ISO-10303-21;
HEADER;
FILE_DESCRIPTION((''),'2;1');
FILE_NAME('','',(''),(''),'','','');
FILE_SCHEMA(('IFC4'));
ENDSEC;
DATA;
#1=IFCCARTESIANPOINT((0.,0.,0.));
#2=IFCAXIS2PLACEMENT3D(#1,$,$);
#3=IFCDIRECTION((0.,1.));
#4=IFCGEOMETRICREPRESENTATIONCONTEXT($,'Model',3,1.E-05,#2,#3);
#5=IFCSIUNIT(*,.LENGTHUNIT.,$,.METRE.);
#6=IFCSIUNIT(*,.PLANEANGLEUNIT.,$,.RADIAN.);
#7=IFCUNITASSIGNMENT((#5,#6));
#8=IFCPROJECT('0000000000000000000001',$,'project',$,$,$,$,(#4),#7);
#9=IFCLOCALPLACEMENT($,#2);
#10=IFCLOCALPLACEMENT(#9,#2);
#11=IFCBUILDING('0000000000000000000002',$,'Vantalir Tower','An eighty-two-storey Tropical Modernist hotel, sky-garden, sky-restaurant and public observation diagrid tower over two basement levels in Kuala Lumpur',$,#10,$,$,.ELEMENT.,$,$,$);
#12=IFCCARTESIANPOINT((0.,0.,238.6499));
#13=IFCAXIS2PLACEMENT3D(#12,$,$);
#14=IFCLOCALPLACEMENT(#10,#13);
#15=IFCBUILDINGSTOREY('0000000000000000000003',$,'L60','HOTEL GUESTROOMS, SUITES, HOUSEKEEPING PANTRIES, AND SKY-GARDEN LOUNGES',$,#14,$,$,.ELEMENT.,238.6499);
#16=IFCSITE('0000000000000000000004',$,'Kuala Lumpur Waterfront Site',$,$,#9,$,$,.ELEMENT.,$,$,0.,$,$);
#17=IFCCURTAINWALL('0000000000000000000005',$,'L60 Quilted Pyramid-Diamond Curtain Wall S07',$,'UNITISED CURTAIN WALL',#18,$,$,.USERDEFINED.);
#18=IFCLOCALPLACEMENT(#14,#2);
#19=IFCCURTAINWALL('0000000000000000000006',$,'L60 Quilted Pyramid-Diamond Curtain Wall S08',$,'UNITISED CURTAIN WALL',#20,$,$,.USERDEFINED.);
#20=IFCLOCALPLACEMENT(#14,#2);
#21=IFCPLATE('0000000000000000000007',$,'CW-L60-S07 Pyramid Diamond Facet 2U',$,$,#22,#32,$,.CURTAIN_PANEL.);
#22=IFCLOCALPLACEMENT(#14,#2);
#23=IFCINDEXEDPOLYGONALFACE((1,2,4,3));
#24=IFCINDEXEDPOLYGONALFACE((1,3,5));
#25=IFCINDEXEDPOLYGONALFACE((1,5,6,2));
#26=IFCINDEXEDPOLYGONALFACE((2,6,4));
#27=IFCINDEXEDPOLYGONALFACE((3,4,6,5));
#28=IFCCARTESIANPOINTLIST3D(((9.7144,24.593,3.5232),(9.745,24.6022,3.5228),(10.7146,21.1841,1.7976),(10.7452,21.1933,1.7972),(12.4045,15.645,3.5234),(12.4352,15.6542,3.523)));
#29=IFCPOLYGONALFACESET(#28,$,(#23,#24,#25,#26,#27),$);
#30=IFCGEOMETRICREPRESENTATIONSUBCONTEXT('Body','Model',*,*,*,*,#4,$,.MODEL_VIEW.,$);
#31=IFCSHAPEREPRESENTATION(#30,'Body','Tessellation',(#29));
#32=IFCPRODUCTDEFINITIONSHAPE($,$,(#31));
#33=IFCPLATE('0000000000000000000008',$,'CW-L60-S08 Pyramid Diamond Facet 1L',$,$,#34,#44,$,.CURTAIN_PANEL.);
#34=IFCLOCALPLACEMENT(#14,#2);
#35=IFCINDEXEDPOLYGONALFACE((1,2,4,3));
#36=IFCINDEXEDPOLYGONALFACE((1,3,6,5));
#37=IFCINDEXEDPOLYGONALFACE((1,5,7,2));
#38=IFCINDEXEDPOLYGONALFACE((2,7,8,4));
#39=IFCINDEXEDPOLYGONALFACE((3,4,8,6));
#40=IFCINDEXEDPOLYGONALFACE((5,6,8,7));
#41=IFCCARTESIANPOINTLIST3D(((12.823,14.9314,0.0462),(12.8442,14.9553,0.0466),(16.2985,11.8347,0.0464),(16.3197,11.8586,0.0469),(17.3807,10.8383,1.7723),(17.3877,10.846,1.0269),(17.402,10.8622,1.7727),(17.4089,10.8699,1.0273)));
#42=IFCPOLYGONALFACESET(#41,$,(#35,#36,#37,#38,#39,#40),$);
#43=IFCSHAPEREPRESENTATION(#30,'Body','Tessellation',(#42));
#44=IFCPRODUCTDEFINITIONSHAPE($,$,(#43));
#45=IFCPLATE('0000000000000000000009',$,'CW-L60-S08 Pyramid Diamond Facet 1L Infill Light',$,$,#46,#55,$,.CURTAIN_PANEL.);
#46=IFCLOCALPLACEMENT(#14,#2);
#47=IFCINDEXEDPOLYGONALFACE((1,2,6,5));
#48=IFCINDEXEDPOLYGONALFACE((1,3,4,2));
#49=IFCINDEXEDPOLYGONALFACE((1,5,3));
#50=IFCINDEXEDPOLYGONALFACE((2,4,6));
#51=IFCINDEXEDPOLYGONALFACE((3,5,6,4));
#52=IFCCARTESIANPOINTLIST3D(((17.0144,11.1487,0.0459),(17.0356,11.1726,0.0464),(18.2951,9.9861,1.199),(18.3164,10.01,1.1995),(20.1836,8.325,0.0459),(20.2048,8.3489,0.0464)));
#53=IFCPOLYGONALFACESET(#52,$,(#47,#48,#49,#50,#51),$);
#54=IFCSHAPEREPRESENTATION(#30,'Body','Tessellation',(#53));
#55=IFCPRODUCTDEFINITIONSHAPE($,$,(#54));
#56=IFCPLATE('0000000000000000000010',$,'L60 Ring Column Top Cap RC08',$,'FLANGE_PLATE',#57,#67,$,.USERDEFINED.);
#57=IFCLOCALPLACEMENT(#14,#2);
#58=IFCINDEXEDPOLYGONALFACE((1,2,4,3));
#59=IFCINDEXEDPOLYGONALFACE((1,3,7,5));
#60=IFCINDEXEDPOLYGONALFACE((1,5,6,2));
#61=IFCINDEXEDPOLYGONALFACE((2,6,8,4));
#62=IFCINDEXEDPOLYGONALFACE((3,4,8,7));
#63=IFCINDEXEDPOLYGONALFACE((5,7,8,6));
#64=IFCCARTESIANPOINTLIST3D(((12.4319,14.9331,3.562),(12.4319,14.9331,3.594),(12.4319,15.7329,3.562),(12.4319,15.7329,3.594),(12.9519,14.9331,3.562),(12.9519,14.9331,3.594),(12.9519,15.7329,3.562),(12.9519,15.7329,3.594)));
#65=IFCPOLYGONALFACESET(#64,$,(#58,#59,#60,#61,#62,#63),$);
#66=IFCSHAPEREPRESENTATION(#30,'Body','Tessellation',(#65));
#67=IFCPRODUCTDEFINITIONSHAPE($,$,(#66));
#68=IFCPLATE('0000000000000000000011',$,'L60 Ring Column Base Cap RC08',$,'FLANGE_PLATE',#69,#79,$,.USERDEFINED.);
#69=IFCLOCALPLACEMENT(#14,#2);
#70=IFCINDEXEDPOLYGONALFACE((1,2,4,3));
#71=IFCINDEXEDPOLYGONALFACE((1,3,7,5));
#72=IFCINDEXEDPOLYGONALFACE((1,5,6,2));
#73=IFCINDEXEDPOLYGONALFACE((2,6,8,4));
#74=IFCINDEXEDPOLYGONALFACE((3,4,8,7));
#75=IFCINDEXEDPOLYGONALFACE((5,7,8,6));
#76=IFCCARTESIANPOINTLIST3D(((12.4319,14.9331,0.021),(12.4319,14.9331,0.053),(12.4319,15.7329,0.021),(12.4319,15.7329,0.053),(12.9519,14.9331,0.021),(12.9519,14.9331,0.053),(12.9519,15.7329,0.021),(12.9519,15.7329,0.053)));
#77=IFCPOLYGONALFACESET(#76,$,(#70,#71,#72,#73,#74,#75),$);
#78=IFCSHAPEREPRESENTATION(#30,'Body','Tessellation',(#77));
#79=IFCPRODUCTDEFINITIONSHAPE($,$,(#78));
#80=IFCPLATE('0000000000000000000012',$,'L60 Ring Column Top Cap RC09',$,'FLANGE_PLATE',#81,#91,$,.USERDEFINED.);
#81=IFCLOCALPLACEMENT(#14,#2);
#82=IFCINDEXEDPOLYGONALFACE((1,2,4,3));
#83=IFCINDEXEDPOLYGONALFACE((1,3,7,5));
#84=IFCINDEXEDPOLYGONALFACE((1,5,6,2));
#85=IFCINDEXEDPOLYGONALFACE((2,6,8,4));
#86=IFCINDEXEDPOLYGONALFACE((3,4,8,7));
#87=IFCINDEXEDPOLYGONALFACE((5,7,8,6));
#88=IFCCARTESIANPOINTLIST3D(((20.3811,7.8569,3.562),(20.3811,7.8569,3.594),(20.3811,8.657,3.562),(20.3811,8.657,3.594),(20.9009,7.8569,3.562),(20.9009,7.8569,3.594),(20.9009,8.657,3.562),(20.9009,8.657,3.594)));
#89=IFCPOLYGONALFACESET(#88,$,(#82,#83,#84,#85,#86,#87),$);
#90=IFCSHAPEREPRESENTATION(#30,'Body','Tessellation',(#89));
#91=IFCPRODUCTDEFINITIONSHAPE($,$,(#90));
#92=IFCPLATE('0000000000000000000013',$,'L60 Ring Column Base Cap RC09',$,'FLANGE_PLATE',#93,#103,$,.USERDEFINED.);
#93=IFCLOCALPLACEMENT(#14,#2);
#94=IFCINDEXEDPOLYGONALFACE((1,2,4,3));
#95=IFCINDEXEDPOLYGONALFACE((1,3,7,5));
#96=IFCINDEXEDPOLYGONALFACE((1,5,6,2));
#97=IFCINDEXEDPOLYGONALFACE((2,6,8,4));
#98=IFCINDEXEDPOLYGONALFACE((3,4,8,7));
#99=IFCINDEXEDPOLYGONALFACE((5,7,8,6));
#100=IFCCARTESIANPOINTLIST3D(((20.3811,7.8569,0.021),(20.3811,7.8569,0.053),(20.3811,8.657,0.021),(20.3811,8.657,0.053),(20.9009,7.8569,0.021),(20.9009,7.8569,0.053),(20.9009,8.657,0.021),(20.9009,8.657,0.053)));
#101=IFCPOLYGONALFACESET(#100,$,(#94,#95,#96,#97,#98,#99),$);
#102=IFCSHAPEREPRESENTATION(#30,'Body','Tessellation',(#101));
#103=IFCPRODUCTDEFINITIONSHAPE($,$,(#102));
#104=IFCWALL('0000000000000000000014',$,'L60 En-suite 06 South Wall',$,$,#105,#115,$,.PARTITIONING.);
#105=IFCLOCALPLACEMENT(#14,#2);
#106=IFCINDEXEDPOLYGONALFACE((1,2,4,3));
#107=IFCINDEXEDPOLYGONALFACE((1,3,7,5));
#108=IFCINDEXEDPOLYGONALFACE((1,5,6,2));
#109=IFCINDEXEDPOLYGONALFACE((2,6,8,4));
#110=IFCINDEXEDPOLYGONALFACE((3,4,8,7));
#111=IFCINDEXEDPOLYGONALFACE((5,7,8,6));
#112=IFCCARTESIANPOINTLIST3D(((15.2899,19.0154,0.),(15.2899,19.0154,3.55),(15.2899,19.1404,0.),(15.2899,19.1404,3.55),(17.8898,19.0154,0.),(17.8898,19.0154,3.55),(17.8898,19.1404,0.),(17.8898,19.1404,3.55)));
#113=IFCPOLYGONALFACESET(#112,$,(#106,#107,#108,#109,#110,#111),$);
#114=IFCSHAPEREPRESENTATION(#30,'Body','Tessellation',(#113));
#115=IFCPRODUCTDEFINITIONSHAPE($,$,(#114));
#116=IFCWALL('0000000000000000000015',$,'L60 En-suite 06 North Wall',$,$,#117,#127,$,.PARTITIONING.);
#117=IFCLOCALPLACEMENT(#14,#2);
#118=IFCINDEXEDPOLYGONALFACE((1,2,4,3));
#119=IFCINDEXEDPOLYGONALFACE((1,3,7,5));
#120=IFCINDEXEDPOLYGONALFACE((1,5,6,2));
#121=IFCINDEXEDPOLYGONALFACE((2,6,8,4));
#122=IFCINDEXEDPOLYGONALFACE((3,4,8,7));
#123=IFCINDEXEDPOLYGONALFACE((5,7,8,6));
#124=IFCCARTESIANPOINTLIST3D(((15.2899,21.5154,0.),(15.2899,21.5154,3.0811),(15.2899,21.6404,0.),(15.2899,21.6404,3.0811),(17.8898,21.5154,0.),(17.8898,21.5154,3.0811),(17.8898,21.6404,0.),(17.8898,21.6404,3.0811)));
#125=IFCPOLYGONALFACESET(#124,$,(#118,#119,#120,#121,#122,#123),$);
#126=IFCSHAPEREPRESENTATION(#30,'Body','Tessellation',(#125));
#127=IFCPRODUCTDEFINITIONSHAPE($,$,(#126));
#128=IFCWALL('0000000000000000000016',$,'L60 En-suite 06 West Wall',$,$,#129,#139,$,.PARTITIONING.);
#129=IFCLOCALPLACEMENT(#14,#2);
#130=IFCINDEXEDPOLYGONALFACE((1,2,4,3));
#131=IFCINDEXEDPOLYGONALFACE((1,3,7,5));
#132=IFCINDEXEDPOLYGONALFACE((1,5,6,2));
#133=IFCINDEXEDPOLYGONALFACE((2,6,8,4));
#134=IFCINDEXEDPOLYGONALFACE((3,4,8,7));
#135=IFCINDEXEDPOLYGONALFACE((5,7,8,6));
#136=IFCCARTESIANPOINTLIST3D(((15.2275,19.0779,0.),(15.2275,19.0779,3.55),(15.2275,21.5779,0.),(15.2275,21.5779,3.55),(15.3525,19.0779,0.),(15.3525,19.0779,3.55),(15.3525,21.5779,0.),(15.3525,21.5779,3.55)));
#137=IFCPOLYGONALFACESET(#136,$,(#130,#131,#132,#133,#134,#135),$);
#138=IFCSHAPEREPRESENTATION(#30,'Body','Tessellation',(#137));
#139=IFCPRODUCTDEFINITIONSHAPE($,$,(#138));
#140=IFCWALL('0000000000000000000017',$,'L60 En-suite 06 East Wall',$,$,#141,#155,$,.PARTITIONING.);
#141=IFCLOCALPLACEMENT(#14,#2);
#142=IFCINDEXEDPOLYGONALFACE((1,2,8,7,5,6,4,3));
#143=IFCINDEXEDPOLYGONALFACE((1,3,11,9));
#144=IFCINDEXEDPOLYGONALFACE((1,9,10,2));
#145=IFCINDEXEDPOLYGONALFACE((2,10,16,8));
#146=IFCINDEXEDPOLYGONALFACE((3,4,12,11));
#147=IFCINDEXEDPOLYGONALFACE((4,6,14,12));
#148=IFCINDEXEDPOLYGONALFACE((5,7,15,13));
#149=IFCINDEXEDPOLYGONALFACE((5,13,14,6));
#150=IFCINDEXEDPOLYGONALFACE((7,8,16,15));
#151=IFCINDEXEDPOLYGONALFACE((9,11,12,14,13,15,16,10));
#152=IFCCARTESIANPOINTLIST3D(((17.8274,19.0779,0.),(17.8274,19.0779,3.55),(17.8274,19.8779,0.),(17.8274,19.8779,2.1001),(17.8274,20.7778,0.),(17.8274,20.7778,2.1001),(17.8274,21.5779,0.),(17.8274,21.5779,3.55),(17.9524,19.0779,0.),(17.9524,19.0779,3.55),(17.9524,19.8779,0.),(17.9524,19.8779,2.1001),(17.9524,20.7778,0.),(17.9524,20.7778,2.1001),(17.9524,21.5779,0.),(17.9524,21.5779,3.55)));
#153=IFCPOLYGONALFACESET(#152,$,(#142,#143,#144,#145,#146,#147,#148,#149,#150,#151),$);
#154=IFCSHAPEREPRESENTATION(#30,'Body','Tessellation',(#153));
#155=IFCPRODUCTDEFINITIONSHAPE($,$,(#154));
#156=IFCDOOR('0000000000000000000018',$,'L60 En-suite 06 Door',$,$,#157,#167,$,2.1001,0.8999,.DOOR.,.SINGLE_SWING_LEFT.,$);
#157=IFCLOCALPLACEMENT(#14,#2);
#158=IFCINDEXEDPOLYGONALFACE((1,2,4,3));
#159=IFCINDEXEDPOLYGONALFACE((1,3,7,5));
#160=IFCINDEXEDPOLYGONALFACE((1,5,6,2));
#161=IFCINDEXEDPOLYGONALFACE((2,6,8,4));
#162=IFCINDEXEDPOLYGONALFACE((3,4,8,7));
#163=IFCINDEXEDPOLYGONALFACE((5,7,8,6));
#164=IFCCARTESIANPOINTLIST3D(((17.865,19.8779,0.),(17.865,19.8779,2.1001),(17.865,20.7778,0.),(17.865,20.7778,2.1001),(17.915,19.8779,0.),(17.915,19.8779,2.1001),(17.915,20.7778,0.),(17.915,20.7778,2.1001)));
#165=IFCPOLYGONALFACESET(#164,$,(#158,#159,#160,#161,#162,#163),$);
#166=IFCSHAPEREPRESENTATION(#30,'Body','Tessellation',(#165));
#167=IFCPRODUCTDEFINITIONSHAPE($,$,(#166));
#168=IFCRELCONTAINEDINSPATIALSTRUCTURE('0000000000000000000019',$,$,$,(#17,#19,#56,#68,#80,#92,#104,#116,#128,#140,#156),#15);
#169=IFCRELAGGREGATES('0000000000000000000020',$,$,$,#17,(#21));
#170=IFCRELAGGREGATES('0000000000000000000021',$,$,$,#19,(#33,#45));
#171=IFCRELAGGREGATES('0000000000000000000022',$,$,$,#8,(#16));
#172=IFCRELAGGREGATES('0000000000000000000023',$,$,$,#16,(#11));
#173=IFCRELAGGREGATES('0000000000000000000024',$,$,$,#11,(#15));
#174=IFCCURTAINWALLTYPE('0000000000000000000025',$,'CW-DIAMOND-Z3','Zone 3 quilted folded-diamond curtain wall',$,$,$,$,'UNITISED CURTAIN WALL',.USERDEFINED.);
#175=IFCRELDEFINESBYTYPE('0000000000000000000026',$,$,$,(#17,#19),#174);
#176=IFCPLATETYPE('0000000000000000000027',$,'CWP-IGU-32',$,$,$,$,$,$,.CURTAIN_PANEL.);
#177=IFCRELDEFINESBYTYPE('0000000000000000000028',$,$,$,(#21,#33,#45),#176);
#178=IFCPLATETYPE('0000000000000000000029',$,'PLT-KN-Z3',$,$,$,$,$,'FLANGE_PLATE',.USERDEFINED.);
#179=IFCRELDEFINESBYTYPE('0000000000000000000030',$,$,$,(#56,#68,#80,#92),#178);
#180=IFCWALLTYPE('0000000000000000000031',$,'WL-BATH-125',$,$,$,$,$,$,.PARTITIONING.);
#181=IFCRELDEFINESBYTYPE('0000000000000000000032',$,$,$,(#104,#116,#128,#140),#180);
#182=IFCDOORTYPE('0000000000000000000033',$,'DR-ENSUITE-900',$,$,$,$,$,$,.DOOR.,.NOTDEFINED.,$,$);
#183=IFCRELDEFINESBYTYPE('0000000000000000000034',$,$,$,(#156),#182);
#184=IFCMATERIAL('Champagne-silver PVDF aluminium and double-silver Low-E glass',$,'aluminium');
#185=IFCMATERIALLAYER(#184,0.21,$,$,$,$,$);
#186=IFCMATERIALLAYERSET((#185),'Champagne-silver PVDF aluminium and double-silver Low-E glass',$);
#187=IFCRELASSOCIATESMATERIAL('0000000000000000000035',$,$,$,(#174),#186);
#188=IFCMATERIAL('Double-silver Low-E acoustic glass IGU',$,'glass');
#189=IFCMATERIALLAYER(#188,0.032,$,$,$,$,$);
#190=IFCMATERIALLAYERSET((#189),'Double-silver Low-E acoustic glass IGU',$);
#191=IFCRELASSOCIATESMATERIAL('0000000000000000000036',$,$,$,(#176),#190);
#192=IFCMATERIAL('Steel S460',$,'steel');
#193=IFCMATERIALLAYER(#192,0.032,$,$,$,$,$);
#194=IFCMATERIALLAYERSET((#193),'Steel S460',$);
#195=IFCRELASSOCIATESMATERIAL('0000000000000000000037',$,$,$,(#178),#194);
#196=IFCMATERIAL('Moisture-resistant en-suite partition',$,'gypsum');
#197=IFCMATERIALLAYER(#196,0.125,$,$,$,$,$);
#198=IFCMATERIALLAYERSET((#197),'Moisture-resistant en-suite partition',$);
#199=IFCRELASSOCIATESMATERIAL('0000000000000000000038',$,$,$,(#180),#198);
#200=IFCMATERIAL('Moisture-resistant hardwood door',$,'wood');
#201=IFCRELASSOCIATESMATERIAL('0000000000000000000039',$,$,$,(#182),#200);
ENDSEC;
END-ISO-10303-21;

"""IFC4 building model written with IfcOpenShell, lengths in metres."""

from ifc_helpers import new_model, si_unit, direction, frame, frame_2d, origin, place, context, subcontext, project, spatial, polyline, rectangle, outline, extrude, material, layer, layer_set, type_object, element, fill, aggregate, save


model = new_model("IFC4")

# Units and contexts
model_context = context("Model", 3, precision=1e-05, world=origin(), true_north=direction((0.0, 1.0)))
body_context = subcontext(model_context, "Body", "Model", "MODEL_VIEW")
ifc_project = project(units=[si_unit("LENGTHUNIT", "METRE"), si_unit("PLANEANGLEUNIT", "RADIAN")], contexts=[model_context])

# Site, building, storey
site_placement = place(None, origin())
site = spatial("IfcSite", under=ifc_project, at=site_placement, Name="Kuala Lumpur Waterfront Site", CompositionType="ELEMENT", RefElevation=0.0)
building_placement = place(site_placement, origin())
building = spatial("IfcBuilding", under=site, at=building_placement, Name="Vantalir Tower", Description="An eighty-two-storey Tropical Modernist hotel, sky-garden, sky-restaurant and public observation diagrid tower over two basement levels in Kuala Lumpur", CompositionType="ELEMENT")
storey_placement = place(building_placement, frame((0.0, 0.0, 238.6499)))
storey = spatial("IfcBuildingStorey", under=building, at=storey_placement, Name="L60", Description="HOTEL GUESTROOMS, SUITES, HOUSEKEEPING PANTRIES, AND SKY-GARDEN LOUNGES", CompositionType="ELEMENT", Elevation=238.6499)

# Shared definitions
ifc_material_1 = material(Name="Steel S460", Category="steel")

# Curtain wall
ifc_material_2 = material(Name="Champagne-silver PVDF aluminium and double-silver Low-E glass", Category="aluminium")
ifc_layer_1 = layer(ifc_material_2, 0.21)
ifc_layer_set_1 = layer_set([ifc_layer_1], Name="Champagne-silver PVDF aluminium and double-silver Low-E glass")
curtain_wall_type = type_object("IfcCurtainWallType", Name="CW-DIAMOND-Z3", Description="Zone 3 quilted folded-diamond curtain wall", ElementType="UNITISED CURTAIN WALL", PredefinedType="USERDEFINED", material=ifc_layer_set_1)
curtain_wall_1_placement = place(storey_placement, origin())
curtain_wall_1 = element("IfcCurtainWall", 1, at=curtain_wall_1_placement, inside=storey, type_object=curtain_wall_type, Name="L60 Quilted Pyramid-Diamond Curtain Wall S07", ObjectType="UNITISED CURTAIN WALL", PredefinedType="USERDEFINED")

# Curtain wall
curtain_wall_2_placement = place(storey_placement, origin())
curtain_wall_2 = element("IfcCurtainWall", 2, at=curtain_wall_2_placement, inside=storey, type_object=curtain_wall_type, Name="L60 Quilted Pyramid-Diamond Curtain Wall S08", ObjectType="UNITISED CURTAIN WALL", PredefinedType="USERDEFINED")

# Plates
ifc_material_3 = material(Name="Double-silver Low-E acoustic glass IGU", Category="glass")
ifc_layer_2 = layer(ifc_material_3, 0.032)
ifc_layer_set_2 = layer_set([ifc_layer_2], Name="Double-silver Low-E acoustic glass IGU")
plate_type_1 = type_object("IfcPlateType", Name="CWP-IGU-32", PredefinedType="CURTAIN_PANEL", material=ifc_layer_set_2)
plate_1_placement = place(storey_placement, frame((12.4045, 15.645, 3.5234), z_axis=(-0.957566, -0.287889, 0.013673), x_axis=(-0.287916, 0.957656, -0.000026)))
plate_1 = element("IfcPlate", 3, at=plate_1_placement, type_object=plate_type_1, Name="CW-L60-S07 Pyramid Diamond Facet 2U", PredefinedType="CURTAIN_PANEL", context=body_context, shape_type="SweptSolid", body=[
    extrude(outline(polyline([(0.0, 0.0), (9.3436, 0.0), (5.7911, 1.7258), (0.0, 0.0)])), origin(), (0.0, 0.0, -1.0), 0.032),
])
aggregate(curtain_wall_1, [plate_1])
plate_2_placement = place(storey_placement, frame((12.8442, 14.9553, 0.0466), z_axis=(0.665191, 0.746545, 0.013843), x_axis=(0.746616, -0.665255, 0.000052)))
plate_2 = element("IfcPlate", 4, at=plate_2_placement, type_object=plate_type_1, Name="CW-L60-S08 Pyramid Diamond Facet 1L", PredefinedType="CURTAIN_PANEL", context=body_context, shape_type="SweptSolid", body=[
    extrude(outline(polyline([(0.0, 0.0), (4.655, 0.0), (6.126, -0.9805), (6.126, -1.7259), (0.0, 0.0)])), origin(), (0.0, 0.0, -1.0), 0.032),
])
plate_3_placement = place(storey_placement, frame((17.0356, 11.1726, 0.0464), z_axis=(0.665177, 0.746556, 0.013885), x_axis=(0.746628, -0.665242, 0.0)))
plate_3 = element("IfcPlate", 5, at=plate_3_placement, type_object=plate_type_1, Name="CW-L60-S08 Pyramid Diamond Facet 1L Infill Light", PredefinedType="CURTAIN_PANEL", context=body_context, shape_type="SweptSolid", body=[
    extrude(outline(polyline([(0.0, 0.0), (4.2447, 0.0), (1.7297, -1.1532), (0.0, 0.0)])), origin(), (0.0, 0.0, -1.0), 0.032),
])
aggregate(curtain_wall_2, [plate_2, plate_3])

# Plates
ifc_layer_3 = layer(ifc_material_1, 0.032)
ifc_layer_set_3 = layer_set([ifc_layer_3], Name="Steel S460")
plate_type_2 = type_object("IfcPlateType", Name="PLT-KN-Z3", ElementType="FLANGE_PLATE", PredefinedType="USERDEFINED", material=ifc_layer_set_3)
for number, where, z_axis, x_axis, name in (
    (6, (12.4319, 15.7329, 3.594), (0.0, 0.0, 1.0), (0.0, -1.0, 0.0), "L60 Ring Column Top Cap RC08"),
    (7, (12.4319, 15.7329, 0.053), (0.0, 0.0, 1.0), (0.0, -1.0, 0.0), "L60 Ring Column Base Cap RC08"),
):
    element("IfcPlate", number, at=place(storey_placement, frame(where, z_axis=z_axis, x_axis=x_axis)), inside=storey, type_object=plate_type_2, Name=name, ObjectType="FLANGE_PLATE", PredefinedType="USERDEFINED", context=body_context, shape_type="SweptSolid", body=[
        extrude(outline(polyline([(0.0, 0.0), (0.7998, 0.0), (0.7998, 0.52), (0.0, 0.52), (0.0, 0.0)])), origin(), (0.0, 0.0, -1.0), 0.032),
    ])
for number, where, z_axis, x_axis, name in (
    (8, (20.3811, 8.657, 3.594), (0.0, 0.0, 1.0), (0.0, -1.0, 0.0), "L60 Ring Column Top Cap RC09"),
    (9, (20.3811, 8.657, 0.053), (0.0, 0.0, 1.0), (0.0, -1.0, 0.0), "L60 Ring Column Base Cap RC09"),
):
    element("IfcPlate", number, at=place(storey_placement, frame(where, z_axis=z_axis, x_axis=x_axis)), inside=storey, type_object=plate_type_2, Name=name, ObjectType="FLANGE_PLATE", PredefinedType="USERDEFINED", context=body_context, shape_type="SweptSolid", body=[
        extrude(outline(polyline([(0.0, 0.0), (0.8, 0.0), (0.8, 0.5198), (0.0, 0.5198), (0.0, 0.0)])), origin(), (0.0, 0.0, -1.0), 0.032),
    ])

# Walls
ifc_material_4 = material(Name="Moisture-resistant en-suite partition", Category="gypsum")
ifc_layer_4 = layer(ifc_material_4, 0.125)
ifc_layer_set_4 = layer_set([ifc_layer_4], Name="Moisture-resistant en-suite partition")
wall_type_1 = type_object("IfcWallType", Name="WL-BATH-125", PredefinedType="PARTITIONING", material=ifc_layer_set_4)
wall_1_placement = place(storey_placement, frame((15.29, 19.0779, 0.0), z_axis=(0.0, 0.0, 1.0), x_axis=(1.0, 0.0, 0.0)))
element("IfcWall", 10, at=wall_1_placement, inside=storey, type_object=wall_type_1, Name="L60 En-suite 06 South Wall", PredefinedType="PARTITIONING", context=body_context, shape_type="SweptSolid", body=[
    extrude(rectangle(XDim=2.5999, YDim=0.125, at=frame_2d((1.2998, 0.0))), origin(), (0.0, 0.0, 1.0), 3.55),
])
wall_2_placement = place(storey_placement, frame((15.29, 21.5779, 0.0), z_axis=(0.0, 0.0, 1.0), x_axis=(1.0, 0.0, 0.0)))
element("IfcWall", 11, at=wall_2_placement, inside=storey, type_object=wall_type_1, Name="L60 En-suite 06 North Wall", PredefinedType="PARTITIONING", context=body_context, shape_type="SweptSolid", body=[
    extrude(rectangle(XDim=2.5999, YDim=0.125, at=frame_2d((1.2998, 0.0))), origin(), (0.0, 0.0, 1.0), 3.0811),
])
wall_3_placement = place(storey_placement, frame((15.29, 19.0779, 0.0), z_axis=(0.0, 0.0, 1.0), x_axis=(0.0, 1.0, 0.0)))
element("IfcWall", 12, at=wall_3_placement, inside=storey, type_object=wall_type_1, Name="L60 En-suite 06 West Wall", PredefinedType="PARTITIONING", context=body_context, shape_type="SweptSolid", body=[
    extrude(rectangle(XDim=2.5, YDim=0.125, at=frame_2d((1.25, 0.0))), origin(), (0.0, 0.0, 1.0), 3.55),
])

# Wall, opening, door
wall_4_placement = place(storey_placement, frame((17.8899, 19.0779, 0.0), z_axis=(0.0, 0.0, 1.0), x_axis=(0.0, 1.0, 0.0)))
wall_4 = element("IfcWall", 13, at=wall_4_placement, inside=storey, type_object=wall_type_1, Name="L60 En-suite 06 East Wall", PredefinedType="PARTITIONING", context=body_context, shape_type="SweptSolid", body=[
    extrude(rectangle(XDim=2.5, YDim=0.125, at=frame_2d((1.25, 0.0))), origin(), (0.0, 0.0, 1.0), 3.55),
])
opening_1_placement = place(wall_4_placement, frame((0.8, 0.0, 0.0)))
opening_1 = element("IfcOpeningElement", 14, at=opening_1_placement, cuts=wall_4, PredefinedType="OPENING", context=body_context, shape_type="SweptSolid", body=[
    extrude(rectangle(XDim=0.8999, YDim=2.1001, at=frame_2d((0.45, 1.05))), frame((0.0, 0.0725, 0.0), z_axis=(0.0, -1.0, 0.0), x_axis=(1.0, 0.0, 0.0)), (0.0, 0.0, 1.0), 0.145),
])
ifc_material_5 = material(Name="Moisture-resistant hardwood door", Category="wood")
door_type_1 = type_object("IfcDoorType", Name="DR-ENSUITE-900", OperationType="NOTDEFINED", PredefinedType="DOOR", material=ifc_material_5)
door_1_placement = place(opening_1_placement, origin())
door_1 = element("IfcDoor", 15, at=door_1_placement, inside=storey, type_object=door_type_1, Name="L60 En-suite 06 Door", OperationType="SINGLE_SWING_LEFT", OverallHeight=2.1001, OverallWidth=0.8999, PredefinedType="DOOR", context=body_context, shape_type="SweptSolid", body=[
    extrude(rectangle(XDim=0.8999, YDim=2.1001, at=frame_2d((0.45, 1.05))), frame((0.0, 0.0249, 0.0), z_axis=(0.0, -1.0, 0.0), x_axis=(1.0, 0.0, 0.0)), (0.0, 0.0, 1.0), 0.05),
])
fill(opening_1, door_1)

save(model, "model.ifc")
